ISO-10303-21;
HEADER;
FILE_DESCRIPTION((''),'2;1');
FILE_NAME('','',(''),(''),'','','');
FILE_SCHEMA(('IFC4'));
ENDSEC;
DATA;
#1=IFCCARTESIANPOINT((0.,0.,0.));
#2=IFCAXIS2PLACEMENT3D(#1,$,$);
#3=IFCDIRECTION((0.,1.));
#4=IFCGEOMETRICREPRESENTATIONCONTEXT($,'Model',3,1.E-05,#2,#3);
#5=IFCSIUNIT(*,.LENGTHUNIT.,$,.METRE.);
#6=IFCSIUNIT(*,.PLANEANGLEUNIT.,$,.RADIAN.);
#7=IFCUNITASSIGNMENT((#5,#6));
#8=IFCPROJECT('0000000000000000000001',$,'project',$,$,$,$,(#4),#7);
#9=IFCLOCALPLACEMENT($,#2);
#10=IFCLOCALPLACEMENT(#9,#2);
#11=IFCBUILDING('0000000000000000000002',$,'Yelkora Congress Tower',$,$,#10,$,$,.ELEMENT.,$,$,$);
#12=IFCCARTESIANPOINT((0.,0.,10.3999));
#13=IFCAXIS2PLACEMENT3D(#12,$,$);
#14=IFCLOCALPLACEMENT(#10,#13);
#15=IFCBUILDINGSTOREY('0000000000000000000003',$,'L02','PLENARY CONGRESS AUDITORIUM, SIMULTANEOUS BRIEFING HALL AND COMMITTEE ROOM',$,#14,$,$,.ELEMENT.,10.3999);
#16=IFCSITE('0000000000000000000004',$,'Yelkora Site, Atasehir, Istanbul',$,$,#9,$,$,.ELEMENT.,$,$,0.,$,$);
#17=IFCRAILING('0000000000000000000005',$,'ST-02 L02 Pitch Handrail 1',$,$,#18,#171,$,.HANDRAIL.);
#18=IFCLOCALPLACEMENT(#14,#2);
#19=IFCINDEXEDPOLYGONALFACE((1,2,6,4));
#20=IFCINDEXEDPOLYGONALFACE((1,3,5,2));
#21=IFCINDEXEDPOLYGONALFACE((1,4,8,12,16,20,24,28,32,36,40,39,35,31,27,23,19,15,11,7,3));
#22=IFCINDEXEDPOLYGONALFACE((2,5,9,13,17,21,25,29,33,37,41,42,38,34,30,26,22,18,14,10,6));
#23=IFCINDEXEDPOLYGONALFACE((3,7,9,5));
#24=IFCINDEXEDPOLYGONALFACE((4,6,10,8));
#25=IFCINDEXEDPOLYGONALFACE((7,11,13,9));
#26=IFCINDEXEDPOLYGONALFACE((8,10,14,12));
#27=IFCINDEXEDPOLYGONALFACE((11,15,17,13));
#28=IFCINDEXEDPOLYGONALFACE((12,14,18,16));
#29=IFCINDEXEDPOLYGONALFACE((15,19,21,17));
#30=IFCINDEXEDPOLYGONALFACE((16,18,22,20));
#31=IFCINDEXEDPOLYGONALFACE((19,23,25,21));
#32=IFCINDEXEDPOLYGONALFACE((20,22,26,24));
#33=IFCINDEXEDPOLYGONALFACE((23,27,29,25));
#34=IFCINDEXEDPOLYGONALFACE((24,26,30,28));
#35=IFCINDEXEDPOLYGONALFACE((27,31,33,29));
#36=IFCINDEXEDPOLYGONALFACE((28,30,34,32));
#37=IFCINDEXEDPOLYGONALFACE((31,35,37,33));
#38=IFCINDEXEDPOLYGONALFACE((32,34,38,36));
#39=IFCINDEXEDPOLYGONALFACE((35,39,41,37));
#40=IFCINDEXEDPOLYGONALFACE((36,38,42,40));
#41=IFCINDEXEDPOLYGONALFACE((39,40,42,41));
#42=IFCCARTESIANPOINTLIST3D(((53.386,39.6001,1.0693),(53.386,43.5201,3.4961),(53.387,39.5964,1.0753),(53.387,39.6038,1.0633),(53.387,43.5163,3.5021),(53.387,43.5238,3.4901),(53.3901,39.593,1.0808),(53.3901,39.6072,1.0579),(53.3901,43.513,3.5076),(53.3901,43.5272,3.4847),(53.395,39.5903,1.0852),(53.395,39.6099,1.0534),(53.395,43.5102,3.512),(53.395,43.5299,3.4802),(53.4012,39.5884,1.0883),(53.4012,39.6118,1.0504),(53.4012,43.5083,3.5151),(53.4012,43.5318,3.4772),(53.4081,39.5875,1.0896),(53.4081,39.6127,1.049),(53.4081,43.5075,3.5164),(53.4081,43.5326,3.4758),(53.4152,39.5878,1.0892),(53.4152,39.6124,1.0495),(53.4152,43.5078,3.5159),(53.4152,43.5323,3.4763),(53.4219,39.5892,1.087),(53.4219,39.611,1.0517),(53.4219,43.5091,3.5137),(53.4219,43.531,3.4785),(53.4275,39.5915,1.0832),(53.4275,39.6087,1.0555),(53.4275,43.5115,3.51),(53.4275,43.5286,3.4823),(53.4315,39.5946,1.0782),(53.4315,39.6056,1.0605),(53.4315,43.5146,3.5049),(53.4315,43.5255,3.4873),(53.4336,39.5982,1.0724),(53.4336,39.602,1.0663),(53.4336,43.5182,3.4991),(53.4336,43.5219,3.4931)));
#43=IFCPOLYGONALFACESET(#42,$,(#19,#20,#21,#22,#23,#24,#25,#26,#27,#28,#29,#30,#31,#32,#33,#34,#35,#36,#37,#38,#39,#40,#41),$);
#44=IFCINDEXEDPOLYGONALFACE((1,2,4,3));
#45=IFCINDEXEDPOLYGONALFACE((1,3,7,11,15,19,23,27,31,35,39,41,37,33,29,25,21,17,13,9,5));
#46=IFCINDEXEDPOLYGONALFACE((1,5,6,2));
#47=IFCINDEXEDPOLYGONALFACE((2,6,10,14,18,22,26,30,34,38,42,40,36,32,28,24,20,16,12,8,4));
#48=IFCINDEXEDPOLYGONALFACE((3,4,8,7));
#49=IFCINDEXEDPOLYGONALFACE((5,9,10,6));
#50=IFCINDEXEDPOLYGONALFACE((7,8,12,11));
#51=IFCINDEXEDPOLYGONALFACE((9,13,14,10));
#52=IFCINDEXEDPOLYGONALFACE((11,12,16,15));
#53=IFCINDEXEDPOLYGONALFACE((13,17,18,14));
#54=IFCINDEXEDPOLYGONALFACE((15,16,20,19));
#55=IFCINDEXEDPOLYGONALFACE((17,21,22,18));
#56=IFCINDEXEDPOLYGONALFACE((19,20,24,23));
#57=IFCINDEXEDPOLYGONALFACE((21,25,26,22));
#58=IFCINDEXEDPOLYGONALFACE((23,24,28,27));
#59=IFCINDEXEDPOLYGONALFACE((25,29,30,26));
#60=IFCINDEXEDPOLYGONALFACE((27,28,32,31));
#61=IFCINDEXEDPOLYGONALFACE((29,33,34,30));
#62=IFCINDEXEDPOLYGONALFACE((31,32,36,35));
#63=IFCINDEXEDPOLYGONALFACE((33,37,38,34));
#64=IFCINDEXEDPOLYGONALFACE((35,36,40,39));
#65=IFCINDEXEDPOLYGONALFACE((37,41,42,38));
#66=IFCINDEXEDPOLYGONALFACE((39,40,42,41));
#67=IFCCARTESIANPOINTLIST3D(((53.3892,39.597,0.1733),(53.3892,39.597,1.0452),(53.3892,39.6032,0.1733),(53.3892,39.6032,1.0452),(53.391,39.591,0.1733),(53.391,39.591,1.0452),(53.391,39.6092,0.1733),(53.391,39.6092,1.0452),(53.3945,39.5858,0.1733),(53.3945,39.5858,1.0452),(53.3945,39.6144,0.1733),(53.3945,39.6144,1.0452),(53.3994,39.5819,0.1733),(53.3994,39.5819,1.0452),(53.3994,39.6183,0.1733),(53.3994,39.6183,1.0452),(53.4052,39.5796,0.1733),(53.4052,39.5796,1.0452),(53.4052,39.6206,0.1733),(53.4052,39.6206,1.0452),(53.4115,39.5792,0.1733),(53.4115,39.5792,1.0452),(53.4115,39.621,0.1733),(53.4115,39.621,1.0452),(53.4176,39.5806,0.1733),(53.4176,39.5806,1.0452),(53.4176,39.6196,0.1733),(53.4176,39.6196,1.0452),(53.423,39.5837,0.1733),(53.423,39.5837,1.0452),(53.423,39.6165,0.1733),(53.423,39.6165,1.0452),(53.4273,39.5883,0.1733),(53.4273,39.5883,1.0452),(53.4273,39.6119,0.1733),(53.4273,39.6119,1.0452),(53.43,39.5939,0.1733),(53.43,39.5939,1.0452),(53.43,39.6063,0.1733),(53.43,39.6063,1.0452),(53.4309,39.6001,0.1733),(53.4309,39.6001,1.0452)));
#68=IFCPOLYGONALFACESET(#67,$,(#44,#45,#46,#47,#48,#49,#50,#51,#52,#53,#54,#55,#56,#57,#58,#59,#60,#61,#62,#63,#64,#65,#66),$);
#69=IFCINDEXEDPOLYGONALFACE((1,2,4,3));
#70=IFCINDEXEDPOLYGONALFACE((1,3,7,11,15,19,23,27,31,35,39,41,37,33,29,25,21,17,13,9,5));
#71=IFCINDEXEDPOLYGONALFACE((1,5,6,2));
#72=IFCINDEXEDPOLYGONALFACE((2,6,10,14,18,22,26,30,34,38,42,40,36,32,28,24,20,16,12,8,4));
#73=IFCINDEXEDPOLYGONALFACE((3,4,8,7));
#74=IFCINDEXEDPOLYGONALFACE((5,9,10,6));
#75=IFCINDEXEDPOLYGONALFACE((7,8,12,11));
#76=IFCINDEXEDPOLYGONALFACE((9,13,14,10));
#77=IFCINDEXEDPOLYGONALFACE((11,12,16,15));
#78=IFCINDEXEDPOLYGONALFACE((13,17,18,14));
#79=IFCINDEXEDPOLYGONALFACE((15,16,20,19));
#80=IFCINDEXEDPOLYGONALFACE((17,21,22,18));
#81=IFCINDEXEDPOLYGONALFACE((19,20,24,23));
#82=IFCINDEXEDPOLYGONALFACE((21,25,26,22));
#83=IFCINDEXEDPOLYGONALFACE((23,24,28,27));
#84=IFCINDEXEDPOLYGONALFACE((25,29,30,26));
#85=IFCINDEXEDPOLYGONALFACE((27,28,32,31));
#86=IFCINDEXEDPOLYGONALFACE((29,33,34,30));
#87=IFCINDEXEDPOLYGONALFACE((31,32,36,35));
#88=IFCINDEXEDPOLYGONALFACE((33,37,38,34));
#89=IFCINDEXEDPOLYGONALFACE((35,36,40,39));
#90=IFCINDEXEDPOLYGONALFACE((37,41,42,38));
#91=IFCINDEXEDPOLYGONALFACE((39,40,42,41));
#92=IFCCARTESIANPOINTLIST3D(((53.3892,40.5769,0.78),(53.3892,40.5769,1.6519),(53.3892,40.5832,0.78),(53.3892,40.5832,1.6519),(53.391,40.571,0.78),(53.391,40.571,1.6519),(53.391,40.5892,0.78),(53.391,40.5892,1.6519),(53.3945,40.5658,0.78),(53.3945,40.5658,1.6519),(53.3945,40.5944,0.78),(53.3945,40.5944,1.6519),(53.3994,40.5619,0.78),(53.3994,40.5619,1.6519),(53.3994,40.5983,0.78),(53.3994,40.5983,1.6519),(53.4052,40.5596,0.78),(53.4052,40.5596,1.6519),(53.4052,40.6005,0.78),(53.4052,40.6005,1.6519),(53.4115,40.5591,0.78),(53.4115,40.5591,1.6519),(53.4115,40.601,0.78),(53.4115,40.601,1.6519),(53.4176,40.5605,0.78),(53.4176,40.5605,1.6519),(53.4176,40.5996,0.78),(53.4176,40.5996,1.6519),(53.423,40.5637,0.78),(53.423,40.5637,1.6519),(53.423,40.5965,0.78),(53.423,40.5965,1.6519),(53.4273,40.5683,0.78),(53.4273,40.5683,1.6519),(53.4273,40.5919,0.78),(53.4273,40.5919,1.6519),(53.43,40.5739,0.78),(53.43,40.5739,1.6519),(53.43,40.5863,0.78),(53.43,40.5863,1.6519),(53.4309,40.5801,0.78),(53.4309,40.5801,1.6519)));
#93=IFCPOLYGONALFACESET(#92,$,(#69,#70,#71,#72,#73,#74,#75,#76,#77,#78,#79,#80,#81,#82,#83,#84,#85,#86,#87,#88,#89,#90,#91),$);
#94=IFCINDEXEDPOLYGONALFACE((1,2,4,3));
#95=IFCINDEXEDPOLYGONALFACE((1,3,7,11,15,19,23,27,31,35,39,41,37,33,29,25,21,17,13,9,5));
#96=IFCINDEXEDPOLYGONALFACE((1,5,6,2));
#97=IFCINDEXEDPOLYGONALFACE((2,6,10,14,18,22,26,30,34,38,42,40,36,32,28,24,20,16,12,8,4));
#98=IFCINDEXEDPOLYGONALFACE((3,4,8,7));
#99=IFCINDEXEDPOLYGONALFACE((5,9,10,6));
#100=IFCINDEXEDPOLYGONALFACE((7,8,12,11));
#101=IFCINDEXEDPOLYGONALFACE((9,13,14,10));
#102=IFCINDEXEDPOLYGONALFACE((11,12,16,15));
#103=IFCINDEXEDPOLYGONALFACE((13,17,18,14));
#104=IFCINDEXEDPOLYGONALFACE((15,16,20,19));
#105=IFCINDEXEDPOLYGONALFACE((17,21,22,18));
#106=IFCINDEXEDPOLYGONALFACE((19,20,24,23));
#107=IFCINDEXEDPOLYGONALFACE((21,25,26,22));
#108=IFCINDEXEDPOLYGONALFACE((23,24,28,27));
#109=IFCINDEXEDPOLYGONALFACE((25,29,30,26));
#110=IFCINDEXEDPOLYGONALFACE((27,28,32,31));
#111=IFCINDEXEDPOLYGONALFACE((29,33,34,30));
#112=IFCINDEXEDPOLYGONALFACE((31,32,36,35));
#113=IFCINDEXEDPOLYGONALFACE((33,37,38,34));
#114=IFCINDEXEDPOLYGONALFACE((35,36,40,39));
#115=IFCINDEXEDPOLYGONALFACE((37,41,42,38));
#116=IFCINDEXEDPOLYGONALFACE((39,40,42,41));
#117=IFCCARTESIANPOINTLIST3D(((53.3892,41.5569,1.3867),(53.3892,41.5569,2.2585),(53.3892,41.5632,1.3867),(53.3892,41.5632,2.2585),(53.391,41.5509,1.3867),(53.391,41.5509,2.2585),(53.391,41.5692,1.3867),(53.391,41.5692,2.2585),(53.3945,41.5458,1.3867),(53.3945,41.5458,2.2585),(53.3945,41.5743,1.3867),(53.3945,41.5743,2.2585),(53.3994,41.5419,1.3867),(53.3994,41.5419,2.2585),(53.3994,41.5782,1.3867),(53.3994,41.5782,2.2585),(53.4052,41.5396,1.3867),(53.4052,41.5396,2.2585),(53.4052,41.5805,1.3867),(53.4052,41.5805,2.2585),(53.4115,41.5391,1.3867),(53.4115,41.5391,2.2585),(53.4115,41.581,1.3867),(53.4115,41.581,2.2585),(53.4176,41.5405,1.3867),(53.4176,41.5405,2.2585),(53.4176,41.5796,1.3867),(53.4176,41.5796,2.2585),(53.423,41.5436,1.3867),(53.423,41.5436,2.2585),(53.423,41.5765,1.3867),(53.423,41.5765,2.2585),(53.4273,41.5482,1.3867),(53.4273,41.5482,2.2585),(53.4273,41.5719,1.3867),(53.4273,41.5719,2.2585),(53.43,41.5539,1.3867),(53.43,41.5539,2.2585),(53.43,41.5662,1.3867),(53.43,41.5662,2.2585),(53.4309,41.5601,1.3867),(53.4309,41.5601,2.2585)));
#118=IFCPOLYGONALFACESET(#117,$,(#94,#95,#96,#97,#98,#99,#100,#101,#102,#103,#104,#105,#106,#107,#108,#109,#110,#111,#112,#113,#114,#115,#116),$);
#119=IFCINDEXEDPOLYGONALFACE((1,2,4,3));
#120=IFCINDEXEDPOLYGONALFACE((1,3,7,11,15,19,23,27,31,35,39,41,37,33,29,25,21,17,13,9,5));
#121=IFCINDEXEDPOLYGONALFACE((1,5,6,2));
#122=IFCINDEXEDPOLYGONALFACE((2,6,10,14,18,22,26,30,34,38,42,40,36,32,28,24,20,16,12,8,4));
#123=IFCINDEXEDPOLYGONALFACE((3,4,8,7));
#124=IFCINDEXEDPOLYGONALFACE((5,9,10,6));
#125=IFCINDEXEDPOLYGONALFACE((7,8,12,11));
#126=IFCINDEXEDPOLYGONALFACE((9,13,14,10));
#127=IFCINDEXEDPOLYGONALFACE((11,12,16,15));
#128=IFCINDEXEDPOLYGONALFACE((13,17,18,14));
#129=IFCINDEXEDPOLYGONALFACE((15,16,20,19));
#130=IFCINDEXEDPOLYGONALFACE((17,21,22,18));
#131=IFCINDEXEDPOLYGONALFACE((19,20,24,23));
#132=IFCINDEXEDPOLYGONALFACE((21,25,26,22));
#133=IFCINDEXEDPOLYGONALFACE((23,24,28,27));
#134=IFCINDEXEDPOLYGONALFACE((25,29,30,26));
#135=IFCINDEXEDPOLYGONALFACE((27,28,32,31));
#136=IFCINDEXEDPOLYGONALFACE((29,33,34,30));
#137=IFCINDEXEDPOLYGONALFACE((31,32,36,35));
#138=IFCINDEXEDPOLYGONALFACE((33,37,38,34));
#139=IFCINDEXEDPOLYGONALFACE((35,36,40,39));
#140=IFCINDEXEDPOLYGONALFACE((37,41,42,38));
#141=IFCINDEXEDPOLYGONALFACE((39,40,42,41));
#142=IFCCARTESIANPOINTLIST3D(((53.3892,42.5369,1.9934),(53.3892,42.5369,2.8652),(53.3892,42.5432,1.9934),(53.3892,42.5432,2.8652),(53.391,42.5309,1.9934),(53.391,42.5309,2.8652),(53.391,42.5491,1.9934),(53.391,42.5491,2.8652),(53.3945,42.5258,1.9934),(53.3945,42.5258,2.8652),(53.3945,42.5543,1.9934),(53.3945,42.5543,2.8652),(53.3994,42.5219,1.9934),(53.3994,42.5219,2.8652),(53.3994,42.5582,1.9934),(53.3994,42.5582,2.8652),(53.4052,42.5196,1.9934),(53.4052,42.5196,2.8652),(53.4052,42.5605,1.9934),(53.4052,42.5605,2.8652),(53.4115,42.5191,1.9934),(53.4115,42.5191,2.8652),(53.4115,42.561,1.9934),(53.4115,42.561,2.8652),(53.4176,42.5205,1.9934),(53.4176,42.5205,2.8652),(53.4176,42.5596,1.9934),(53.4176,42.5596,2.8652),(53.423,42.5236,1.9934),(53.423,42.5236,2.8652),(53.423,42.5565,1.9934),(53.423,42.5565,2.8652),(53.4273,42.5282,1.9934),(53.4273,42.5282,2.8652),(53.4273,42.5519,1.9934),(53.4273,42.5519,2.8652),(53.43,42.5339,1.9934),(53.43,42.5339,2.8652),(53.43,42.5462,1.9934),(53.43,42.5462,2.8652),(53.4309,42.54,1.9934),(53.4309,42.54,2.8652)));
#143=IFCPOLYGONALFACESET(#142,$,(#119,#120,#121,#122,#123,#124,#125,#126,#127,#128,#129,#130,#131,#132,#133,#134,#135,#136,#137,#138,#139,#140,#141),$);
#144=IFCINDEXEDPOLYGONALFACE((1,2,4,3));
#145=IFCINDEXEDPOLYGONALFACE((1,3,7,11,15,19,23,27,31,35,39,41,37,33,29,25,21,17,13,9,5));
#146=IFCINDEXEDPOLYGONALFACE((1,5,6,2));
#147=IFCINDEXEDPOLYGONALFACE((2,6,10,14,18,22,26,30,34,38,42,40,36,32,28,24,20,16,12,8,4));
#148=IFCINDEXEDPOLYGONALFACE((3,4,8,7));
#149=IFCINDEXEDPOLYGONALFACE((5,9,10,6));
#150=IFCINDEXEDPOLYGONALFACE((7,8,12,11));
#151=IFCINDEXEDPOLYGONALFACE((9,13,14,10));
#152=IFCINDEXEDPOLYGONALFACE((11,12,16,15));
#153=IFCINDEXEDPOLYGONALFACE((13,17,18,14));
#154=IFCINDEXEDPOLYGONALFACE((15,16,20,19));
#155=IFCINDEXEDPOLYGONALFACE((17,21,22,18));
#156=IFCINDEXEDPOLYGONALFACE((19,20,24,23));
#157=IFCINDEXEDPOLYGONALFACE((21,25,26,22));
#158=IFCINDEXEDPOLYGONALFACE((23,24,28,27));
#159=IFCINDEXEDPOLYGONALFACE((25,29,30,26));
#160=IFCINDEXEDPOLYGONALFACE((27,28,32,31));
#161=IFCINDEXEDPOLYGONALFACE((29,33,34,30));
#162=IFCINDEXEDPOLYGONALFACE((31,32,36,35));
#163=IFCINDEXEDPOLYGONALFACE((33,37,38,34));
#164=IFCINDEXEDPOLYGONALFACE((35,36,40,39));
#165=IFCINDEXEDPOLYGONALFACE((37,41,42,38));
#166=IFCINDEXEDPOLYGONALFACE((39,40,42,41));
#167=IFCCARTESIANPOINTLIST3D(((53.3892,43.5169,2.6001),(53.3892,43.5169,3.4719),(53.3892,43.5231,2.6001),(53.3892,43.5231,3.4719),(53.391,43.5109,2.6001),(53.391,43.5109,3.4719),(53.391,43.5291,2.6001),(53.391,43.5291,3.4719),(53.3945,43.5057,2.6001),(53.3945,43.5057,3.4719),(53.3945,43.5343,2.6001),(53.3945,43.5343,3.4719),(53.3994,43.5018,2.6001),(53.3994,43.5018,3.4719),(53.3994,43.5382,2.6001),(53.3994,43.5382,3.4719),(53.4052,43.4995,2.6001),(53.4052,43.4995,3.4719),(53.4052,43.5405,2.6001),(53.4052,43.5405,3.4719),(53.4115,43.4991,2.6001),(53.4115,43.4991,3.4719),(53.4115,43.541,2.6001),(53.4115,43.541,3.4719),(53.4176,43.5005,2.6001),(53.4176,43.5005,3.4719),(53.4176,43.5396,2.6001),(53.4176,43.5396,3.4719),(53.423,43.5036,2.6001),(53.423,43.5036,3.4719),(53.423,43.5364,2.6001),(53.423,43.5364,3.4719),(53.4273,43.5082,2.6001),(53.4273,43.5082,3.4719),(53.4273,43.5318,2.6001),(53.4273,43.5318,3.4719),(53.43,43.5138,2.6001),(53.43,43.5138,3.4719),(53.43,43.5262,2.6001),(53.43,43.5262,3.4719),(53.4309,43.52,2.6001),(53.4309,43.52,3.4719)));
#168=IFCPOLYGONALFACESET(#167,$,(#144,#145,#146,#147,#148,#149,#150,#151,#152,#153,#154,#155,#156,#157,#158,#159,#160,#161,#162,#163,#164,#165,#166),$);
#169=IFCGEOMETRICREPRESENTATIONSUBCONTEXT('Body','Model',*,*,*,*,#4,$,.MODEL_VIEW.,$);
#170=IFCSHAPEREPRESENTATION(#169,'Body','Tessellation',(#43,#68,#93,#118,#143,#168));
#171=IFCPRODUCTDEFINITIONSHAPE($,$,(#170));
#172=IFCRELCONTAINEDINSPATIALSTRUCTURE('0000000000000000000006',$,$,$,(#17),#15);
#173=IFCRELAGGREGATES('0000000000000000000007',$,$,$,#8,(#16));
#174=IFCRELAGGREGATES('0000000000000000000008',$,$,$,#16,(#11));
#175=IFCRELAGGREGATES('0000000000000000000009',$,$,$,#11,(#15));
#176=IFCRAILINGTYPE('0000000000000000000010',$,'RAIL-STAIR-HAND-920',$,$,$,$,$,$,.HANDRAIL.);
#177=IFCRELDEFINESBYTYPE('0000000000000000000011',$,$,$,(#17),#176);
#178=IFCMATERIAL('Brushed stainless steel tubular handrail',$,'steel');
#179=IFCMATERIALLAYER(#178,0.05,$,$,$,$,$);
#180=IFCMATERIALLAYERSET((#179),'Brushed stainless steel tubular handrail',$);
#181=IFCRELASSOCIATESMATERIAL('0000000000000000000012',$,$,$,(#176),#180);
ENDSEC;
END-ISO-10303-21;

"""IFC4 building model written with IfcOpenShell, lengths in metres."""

from ifc_helpers import new_model, si_unit, direction, frame, origin, origin_2d, place, context, subcontext, project, spatial, circle, extrude, material, layer, layer_set, type_object, element, save


model = new_model("IFC4")

# Units and contexts
model_context = context("Model", 3, precision=1e-05, world=origin(), true_north=direction((0.0, 1.0)))
body_context = subcontext(model_context, "Body", "Model", "MODEL_VIEW")
ifc_project = project(units=[si_unit("LENGTHUNIT", "METRE"), si_unit("PLANEANGLEUNIT", "RADIAN")], contexts=[model_context])

# Site, building, storey
site_placement = place(None, origin())
site = spatial("IfcSite", under=ifc_project, at=site_placement, Name="Yelkora Site, Atasehir, Istanbul", CompositionType="ELEMENT", RefElevation=0.0)
building_placement = place(site_placement, origin())
building = spatial("IfcBuilding", under=site, at=building_placement, Name="Yelkora Congress Tower", CompositionType="ELEMENT")
storey_placement = place(building_placement, frame((0.0, 0.0, 10.3999)))
storey = spatial("IfcBuildingStorey", under=building, at=storey_placement, Name="L02", Description="PLENARY CONGRESS AUDITORIUM, SIMULTANEOUS BRIEFING HALL AND COMMITTEE ROOM", CompositionType="ELEMENT", Elevation=10.3999)

# Railing
ifc_material_1 = material(Name="Brushed stainless steel tubular handrail", Category="steel")
ifc_layer_1 = layer(ifc_material_1, 0.05)
ifc_layer_set_1 = layer_set([ifc_layer_1], Name="Brushed stainless steel tubular handrail")
railing_type_1 = type_object("IfcRailingType", Name="RAIL-STAIR-HAND-920", PredefinedType="HANDRAIL", material=ifc_layer_set_1)
railing_1_placement = place(storey_placement, frame((53.4099, 39.6001, 0.1733)))
element("IfcRailing", 1, at=railing_1_placement, inside=storey, type_object=railing_type_1, Name="ST-02 L02 Pitch Handrail 1", PredefinedType="HANDRAIL", context=body_context, shape_type="SweptSolid", body=[
    extrude(circle(Radius=0.0239, at=origin_2d()), frame((0.0, 0.0, 0.896), z_axis=(0.0, 0.850252, 0.526376), x_axis=(-1.0, 0.0, 0.0)), (0.0, 0.0, 1.0), 4.6104),
    extrude(circle(Radius=0.021, at=origin_2d()), origin(), (0.0, 0.0, 1.0), 0.8718),
    extrude(circle(Radius=0.021, at=origin_2d()), frame((0.0, 0.98, 0.6067)), (0.0, 0.0, 1.0), 0.8718),
    extrude(circle(Radius=0.021, at=origin_2d()), frame((0.0, 1.96, 1.2134)), (0.0, 0.0, 1.0), 0.8718),
    extrude(circle(Radius=0.021, at=origin_2d()), frame((0.0, 2.9399, 1.8201)), (0.0, 0.0, 1.0), 0.8718),
    extrude(circle(Radius=0.021, at=origin_2d()), frame((0.0, 3.9199, 2.4268)), (0.0, 0.0, 1.0), 0.8718),
])

save(model, "model.ifc")
